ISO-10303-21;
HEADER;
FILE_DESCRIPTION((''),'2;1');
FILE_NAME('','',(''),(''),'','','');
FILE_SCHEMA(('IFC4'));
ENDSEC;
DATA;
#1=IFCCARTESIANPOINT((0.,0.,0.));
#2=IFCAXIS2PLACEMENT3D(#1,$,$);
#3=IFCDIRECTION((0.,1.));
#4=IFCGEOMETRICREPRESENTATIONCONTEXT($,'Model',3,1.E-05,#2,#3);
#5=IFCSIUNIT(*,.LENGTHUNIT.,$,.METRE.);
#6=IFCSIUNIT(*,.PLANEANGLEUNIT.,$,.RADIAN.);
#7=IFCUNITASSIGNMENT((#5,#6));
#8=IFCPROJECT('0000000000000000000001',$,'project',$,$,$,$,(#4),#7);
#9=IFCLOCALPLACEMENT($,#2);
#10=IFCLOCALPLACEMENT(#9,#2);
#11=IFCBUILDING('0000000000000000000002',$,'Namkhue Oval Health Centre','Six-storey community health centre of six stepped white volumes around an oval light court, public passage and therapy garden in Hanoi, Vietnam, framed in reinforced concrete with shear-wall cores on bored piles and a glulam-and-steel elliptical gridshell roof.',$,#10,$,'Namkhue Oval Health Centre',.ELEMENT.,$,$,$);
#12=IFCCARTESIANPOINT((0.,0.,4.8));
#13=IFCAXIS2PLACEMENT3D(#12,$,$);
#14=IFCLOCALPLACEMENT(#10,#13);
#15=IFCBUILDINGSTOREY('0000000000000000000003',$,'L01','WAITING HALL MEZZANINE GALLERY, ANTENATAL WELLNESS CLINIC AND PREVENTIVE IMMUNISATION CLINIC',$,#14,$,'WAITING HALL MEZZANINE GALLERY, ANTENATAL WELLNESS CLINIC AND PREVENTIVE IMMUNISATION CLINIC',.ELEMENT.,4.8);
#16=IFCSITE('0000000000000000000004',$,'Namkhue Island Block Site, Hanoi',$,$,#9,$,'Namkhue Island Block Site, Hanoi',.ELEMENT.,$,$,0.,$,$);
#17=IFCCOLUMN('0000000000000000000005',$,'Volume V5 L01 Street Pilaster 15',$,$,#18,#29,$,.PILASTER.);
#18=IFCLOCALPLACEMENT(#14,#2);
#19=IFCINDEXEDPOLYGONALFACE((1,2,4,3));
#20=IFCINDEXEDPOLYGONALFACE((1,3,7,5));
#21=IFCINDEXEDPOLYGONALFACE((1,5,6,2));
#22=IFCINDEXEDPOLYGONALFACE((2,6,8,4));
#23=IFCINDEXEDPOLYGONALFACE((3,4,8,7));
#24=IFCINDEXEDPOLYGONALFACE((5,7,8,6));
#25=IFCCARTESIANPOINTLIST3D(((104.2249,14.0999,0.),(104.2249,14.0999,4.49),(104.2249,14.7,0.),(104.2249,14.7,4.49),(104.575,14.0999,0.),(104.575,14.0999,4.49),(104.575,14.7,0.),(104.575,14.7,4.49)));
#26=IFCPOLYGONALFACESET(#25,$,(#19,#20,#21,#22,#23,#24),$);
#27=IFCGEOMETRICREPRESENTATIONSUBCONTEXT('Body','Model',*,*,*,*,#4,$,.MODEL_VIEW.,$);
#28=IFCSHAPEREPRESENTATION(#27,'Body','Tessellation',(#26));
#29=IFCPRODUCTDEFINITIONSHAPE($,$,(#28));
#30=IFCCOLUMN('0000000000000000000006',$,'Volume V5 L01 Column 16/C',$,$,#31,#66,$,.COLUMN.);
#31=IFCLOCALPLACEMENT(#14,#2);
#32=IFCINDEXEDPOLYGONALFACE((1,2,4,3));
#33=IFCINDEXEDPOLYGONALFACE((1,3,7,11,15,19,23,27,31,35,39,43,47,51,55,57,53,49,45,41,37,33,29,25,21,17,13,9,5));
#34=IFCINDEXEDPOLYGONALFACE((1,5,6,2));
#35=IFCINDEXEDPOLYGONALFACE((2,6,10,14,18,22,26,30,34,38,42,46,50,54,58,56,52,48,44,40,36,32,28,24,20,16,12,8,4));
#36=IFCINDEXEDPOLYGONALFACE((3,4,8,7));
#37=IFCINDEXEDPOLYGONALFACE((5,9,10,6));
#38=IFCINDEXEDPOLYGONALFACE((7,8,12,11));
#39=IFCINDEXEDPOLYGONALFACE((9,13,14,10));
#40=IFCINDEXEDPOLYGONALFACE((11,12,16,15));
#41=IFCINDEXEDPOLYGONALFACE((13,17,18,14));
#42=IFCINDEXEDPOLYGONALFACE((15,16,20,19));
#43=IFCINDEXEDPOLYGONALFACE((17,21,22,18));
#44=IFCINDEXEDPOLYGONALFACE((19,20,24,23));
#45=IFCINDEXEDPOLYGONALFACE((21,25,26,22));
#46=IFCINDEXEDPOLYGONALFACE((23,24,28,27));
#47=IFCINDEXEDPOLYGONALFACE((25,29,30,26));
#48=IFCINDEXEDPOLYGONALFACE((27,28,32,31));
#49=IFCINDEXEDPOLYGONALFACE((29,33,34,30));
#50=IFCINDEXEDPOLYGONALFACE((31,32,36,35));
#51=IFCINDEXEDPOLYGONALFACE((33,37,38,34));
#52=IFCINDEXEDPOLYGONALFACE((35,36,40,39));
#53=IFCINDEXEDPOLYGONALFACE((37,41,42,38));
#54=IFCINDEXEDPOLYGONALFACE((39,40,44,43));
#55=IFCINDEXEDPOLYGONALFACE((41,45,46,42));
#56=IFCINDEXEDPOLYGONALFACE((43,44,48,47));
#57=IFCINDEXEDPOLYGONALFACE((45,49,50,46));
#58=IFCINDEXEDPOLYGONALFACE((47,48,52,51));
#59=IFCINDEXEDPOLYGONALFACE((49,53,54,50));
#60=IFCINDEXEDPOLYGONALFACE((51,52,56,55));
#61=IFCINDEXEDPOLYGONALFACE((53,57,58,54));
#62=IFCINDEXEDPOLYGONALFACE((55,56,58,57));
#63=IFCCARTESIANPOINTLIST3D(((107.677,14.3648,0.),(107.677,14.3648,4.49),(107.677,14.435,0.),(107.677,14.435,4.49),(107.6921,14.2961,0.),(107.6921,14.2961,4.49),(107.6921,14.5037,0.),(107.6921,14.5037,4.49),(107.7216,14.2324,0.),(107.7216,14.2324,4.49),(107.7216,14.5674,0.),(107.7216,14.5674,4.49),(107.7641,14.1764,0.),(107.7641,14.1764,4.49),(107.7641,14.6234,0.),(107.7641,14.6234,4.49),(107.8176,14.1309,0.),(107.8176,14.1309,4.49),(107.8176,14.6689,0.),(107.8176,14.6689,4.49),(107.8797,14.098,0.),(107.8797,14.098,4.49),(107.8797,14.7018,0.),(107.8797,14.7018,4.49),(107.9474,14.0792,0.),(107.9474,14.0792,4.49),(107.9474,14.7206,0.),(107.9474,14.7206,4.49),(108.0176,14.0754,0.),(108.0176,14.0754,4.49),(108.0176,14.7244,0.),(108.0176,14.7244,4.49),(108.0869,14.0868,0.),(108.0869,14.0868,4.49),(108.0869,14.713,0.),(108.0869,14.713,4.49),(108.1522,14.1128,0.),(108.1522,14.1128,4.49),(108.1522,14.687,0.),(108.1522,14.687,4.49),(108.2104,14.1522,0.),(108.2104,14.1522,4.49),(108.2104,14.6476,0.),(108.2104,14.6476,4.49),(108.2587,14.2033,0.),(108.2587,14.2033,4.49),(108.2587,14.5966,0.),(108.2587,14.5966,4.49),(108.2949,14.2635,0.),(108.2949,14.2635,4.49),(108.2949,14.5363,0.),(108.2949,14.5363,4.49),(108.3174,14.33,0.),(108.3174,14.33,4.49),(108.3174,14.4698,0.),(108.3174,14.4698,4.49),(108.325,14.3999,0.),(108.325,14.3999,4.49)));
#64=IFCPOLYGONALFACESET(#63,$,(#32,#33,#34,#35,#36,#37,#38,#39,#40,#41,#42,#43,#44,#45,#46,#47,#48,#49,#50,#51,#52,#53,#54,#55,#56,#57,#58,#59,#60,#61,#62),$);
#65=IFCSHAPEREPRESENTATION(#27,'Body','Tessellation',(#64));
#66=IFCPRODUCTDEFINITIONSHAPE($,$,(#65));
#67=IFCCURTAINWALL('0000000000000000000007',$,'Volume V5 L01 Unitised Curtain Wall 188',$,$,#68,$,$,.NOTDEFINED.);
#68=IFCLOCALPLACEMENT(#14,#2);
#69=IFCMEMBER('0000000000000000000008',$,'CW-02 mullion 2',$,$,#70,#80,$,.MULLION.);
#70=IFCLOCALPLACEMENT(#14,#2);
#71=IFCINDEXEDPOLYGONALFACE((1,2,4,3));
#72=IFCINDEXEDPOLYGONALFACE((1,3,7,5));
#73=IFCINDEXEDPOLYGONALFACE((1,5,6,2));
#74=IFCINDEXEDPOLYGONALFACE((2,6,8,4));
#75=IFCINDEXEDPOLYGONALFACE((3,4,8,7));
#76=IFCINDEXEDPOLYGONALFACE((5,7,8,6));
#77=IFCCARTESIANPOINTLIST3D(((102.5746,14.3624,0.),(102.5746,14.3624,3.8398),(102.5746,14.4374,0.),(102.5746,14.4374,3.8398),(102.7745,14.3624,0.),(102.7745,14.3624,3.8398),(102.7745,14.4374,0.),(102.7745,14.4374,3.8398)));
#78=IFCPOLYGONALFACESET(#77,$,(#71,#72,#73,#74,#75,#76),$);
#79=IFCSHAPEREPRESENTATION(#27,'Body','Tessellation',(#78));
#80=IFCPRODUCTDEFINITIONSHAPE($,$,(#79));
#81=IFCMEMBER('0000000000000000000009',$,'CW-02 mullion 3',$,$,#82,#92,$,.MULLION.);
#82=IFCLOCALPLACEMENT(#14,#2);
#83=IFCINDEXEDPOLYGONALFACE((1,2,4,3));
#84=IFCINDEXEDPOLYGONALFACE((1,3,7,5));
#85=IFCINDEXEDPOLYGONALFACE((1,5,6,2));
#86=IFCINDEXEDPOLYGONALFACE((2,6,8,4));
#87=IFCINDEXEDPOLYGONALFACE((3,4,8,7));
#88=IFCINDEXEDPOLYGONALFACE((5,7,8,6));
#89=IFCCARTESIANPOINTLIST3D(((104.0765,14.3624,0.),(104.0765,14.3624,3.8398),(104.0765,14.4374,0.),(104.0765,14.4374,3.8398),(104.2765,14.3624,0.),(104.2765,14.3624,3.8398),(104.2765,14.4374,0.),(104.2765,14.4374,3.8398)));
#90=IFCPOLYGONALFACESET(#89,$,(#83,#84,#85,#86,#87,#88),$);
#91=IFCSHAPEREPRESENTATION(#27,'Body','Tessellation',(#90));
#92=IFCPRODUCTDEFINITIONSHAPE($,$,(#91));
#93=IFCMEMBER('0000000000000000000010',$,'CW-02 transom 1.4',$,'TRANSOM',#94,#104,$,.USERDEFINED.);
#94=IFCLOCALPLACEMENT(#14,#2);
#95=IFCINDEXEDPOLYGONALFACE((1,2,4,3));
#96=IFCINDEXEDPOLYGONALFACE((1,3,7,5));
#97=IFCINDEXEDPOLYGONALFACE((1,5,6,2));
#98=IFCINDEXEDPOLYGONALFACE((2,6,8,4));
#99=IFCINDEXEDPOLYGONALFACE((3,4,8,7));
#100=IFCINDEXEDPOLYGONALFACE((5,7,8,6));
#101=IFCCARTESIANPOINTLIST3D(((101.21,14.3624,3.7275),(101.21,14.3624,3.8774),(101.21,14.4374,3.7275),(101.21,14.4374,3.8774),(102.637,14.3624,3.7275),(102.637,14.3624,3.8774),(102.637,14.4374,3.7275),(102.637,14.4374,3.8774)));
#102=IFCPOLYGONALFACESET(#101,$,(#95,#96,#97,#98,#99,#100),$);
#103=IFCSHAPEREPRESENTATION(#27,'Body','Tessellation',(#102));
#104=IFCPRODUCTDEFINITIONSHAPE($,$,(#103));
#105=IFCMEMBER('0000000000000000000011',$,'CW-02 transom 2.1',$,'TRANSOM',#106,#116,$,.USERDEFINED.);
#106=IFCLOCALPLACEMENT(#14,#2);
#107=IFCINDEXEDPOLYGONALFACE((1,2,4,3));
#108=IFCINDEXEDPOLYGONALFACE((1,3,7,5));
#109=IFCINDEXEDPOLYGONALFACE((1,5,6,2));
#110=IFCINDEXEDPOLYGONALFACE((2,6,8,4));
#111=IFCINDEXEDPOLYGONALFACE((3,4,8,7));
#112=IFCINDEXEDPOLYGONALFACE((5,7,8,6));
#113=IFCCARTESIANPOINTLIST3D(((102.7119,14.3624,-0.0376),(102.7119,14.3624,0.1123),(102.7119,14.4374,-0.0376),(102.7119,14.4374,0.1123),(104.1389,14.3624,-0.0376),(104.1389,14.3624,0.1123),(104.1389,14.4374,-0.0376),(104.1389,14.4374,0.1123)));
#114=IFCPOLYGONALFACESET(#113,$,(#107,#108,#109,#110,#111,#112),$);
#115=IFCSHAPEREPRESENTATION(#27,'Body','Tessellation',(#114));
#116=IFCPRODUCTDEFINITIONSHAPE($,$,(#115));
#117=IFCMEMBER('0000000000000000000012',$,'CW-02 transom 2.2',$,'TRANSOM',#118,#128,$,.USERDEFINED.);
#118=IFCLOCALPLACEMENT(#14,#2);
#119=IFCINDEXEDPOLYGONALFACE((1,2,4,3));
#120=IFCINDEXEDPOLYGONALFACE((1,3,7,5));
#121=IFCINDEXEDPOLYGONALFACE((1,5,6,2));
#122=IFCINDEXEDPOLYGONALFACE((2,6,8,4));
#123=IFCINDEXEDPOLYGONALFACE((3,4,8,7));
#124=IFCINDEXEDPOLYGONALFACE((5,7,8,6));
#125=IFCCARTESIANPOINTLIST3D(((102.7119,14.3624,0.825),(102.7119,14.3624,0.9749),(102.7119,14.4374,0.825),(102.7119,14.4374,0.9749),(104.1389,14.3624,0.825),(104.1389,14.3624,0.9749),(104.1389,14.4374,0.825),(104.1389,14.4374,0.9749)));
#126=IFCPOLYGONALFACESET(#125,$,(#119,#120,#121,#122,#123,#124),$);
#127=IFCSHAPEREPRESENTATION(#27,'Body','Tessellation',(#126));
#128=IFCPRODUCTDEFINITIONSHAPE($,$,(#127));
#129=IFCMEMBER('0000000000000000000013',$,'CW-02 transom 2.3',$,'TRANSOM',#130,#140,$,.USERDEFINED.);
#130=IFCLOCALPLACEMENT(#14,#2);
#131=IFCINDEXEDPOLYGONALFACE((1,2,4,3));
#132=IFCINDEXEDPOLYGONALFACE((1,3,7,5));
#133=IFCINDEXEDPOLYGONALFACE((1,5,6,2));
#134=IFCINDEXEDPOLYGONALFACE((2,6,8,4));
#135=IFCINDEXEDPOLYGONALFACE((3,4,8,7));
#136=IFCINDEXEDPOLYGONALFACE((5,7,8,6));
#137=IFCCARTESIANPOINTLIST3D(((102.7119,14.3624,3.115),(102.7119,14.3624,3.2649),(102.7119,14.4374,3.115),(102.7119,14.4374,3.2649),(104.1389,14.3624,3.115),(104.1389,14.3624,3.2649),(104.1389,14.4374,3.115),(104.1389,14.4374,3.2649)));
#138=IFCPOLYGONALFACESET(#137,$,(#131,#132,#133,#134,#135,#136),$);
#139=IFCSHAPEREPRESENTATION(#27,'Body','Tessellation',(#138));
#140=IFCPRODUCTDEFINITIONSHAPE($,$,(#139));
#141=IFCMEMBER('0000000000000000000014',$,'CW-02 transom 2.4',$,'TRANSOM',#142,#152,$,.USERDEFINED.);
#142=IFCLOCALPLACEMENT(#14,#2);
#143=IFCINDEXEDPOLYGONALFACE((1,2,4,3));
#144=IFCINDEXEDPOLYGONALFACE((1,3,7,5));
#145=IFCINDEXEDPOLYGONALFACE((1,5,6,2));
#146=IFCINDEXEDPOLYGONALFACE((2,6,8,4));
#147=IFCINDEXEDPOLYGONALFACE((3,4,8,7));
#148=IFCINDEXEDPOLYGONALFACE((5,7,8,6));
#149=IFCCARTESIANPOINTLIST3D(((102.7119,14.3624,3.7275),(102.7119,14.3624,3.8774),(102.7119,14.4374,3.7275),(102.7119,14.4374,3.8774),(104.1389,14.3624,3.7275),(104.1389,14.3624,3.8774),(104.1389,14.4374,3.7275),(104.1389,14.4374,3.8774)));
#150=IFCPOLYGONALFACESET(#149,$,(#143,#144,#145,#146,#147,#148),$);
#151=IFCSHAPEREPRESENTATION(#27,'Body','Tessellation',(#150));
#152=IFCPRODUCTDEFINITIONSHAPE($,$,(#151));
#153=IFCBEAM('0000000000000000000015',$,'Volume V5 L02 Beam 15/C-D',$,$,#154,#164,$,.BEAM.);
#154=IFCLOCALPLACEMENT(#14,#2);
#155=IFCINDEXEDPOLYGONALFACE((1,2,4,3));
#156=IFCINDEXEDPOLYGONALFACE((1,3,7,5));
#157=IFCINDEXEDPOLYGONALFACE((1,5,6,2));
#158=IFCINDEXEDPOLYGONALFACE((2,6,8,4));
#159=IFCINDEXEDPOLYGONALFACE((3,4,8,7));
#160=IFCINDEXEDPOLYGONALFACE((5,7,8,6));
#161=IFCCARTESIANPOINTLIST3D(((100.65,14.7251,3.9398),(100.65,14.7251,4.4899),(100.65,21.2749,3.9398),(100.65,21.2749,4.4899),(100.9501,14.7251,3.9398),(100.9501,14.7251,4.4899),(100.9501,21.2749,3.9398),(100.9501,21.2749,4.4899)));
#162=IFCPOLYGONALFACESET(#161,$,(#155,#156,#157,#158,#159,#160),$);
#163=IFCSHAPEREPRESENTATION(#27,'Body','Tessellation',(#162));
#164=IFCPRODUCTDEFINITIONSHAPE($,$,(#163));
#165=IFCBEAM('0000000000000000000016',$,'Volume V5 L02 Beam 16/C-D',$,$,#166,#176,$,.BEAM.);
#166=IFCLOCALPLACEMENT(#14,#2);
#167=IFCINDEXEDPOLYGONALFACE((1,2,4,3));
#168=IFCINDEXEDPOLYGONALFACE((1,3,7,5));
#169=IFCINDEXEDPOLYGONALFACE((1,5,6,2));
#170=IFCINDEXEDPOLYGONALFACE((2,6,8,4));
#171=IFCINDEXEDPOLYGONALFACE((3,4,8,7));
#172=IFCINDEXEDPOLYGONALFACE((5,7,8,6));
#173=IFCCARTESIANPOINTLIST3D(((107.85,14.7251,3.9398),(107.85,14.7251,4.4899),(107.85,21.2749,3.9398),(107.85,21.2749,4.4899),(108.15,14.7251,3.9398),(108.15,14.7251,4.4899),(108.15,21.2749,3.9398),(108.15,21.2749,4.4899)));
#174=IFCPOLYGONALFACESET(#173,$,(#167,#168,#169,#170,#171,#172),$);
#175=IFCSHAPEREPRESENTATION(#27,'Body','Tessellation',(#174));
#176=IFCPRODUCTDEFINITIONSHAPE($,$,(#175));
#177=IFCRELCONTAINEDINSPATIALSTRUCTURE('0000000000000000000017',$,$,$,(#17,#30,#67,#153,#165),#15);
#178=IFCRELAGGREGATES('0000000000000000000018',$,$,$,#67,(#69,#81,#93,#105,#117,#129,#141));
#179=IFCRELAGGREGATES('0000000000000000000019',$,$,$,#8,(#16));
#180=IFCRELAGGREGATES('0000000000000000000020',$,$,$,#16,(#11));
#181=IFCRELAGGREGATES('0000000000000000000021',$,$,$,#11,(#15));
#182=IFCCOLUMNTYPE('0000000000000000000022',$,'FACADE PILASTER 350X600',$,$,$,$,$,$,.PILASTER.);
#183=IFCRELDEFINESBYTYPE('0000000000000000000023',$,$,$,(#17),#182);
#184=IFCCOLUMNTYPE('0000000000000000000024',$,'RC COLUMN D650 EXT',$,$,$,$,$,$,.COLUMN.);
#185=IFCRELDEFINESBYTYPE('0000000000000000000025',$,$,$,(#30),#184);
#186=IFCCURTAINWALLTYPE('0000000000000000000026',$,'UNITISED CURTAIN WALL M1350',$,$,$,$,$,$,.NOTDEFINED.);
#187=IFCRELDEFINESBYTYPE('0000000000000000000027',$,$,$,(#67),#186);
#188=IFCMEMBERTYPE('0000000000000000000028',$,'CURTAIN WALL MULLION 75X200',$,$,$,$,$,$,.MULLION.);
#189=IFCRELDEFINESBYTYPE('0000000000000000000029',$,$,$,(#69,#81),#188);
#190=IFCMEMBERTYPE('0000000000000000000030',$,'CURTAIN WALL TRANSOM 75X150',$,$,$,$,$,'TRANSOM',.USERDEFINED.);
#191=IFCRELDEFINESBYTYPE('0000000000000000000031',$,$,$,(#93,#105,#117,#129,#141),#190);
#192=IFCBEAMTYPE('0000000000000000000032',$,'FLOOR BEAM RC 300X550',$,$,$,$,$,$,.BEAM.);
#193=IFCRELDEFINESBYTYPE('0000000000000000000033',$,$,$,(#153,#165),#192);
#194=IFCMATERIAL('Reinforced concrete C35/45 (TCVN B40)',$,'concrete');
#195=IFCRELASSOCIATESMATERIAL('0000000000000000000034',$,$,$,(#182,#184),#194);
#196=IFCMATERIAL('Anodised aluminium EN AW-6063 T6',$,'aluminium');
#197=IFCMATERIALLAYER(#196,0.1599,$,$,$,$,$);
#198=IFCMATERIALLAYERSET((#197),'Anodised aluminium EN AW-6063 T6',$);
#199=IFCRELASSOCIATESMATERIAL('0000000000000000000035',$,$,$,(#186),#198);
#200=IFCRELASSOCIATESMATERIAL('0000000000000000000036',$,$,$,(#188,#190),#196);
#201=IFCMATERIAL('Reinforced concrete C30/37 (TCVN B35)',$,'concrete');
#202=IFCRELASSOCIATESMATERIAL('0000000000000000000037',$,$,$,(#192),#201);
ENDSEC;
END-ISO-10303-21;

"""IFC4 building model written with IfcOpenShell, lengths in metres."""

from ifc_helpers import new_model, si_unit, direction, frame, origin, origin_2d, place, context, subcontext, project, spatial, rectangle, circle, extrude, material, layer, layer_set, material_profile, profile_set, type_object, element, aggregate, save


model = new_model("IFC4")

# Units and contexts
model_context = context("Model", 3, precision=1e-05, world=origin(), true_north=direction((0.0, 1.0)))
body_context = subcontext(model_context, "Body", "Model", "MODEL_VIEW")
ifc_project = project(units=[si_unit("LENGTHUNIT", "METRE"), si_unit("PLANEANGLEUNIT", "RADIAN")], contexts=[model_context])

# Site, building, storey
site_placement = place(None, origin())
site = spatial("IfcSite", under=ifc_project, at=site_placement, Name="Namkhue Island Block Site, Hanoi", LongName="Namkhue Island Block Site, Hanoi", CompositionType="ELEMENT", RefElevation=0.0)
building_placement = place(site_placement, origin())
building = spatial("IfcBuilding", under=site, at=building_placement, Name="Namkhue Oval Health Centre", Description="Six-storey community health centre of six stepped white volumes around an oval light court, public passage and therapy garden in Hanoi, Vietnam, framed in reinforced concrete with shear-wall cores on bored piles and a glulam-and-steel elliptical gridshell roof.", LongName="Namkhue Oval Health Centre", CompositionType="ELEMENT")
storey_placement = place(building_placement, frame((0.0, 0.0, 4.8)))
storey = spatial("IfcBuildingStorey", under=building, at=storey_placement, Name="L01", Description="WAITING HALL MEZZANINE GALLERY, ANTENATAL WELLNESS CLINIC AND PREVENTIVE IMMUNISATION CLINIC", LongName="WAITING HALL MEZZANINE GALLERY, ANTENATAL WELLNESS CLINIC AND PREVENTIVE IMMUNISATION CLINIC", CompositionType="ELEMENT", Elevation=4.8)

# Columns
ifc_material_1 = material(Name="Reinforced concrete C35/45 (TCVN B40)", Category="concrete")
ifc_material_profile_1 = material_profile(ifc_material_1, rectangle(XDim=0.3501, YDim=0.6001, at=origin_2d()), Name="RC 350x600")
ifc_profile_set_1 = profile_set([ifc_material_profile_1], Name="Reinforced concrete C35/45 (TCVN B40)")
column_type_1 = type_object("IfcColumnType", Name="FACADE PILASTER 350X600", PredefinedType="PILASTER", material=ifc_profile_set_1)
column_1_placement = place(storey_placement, frame((104.3999, 14.3999, 0.0), z_axis=(0.0, 0.0, 1.0), x_axis=(1.0, 0.0, 0.0)))
element("IfcColumn", 1, at=column_1_placement, inside=storey, type_object=column_type_1, Name="Volume V5 L01 Street Pilaster 15", PredefinedType="PILASTER", context=body_context, shape_type="SweptSolid", body=[
    extrude(rectangle(XDim=0.3501, YDim=0.6001, at=origin_2d()), origin(), (0.0, 0.0, 1.0), 4.49),
])
ifc_material_profile_2 = material_profile(ifc_material_1, circle(Radius=0.325, at=origin_2d()), Name="RC D650")
ifc_profile_set_2 = profile_set([ifc_material_profile_2], Name="Reinforced concrete C35/45 (TCVN B40)")
column_type_2 = type_object("IfcColumnType", Name="RC COLUMN D650 EXT", PredefinedType="COLUMN", material=ifc_profile_set_2)
column_2_placement = place(storey_placement, frame((108.0, 14.3999, 0.0), z_axis=(0.0, 0.0, 1.0), x_axis=(1.0, 0.0, 0.0)))
element("IfcColumn", 2, at=column_2_placement, inside=storey, type_object=column_type_2, Name="Volume V5 L01 Column 16/C", PredefinedType="COLUMN", context=body_context, shape_type="SweptSolid", body=[
    extrude(circle(Radius=0.325, at=origin_2d()), origin(), (0.0, 0.0, 1.0), 4.49),
])

# Curtain wall, members
ifc_material_2 = material(Name="Anodised aluminium EN AW-6063 T6", Category="aluminium")
ifc_layer_1 = layer(ifc_material_2, 0.1599)
ifc_layer_set_1 = layer_set([ifc_layer_1], Name="Anodised aluminium EN AW-6063 T6")
curtain_wall_type = type_object("IfcCurtainWallType", Name="UNITISED CURTAIN WALL M1350", PredefinedType="NOTDEFINED", material=ifc_layer_set_1)
curtain_wall_placement = place(storey_placement, origin())
curtain_wall = element("IfcCurtainWall", 3, at=curtain_wall_placement, inside=storey, type_object=curtain_wall_type, Name="Volume V5 L01 Unitised Curtain Wall 188", PredefinedType="NOTDEFINED")
ifc_material_profile_3 = material_profile(ifc_material_2, rectangle(XDim=0.075, YDim=0.2, at=origin_2d()), Name="ALU 75x200")
ifc_profile_set_3 = profile_set([ifc_material_profile_3], Name="Anodised aluminium EN AW-6063 T6")
member_type_1 = type_object("IfcMemberType", Name="CURTAIN WALL MULLION 75X200", PredefinedType="MULLION", material=ifc_profile_set_3)
member_1_placement = place(storey_placement, frame((102.6746, 14.3999, 0.0), z_axis=(0.0, 0.0, 1.0), x_axis=(0.0, 1.0, 0.0)))
member_1 = element("IfcMember", 4, at=member_1_placement, type_object=member_type_1, Name="CW-02 mullion 2", PredefinedType="MULLION", context=body_context, shape_type="SweptSolid", body=[
    extrude(rectangle(XDim=0.075, YDim=0.2, at=origin_2d()), origin(), (0.0, 0.0, 1.0), 3.8398),
])
member_2_placement = place(storey_placement, frame((104.1765, 14.3999, 0.0), z_axis=(0.0, 0.0, 1.0), x_axis=(0.0, 1.0, 0.0)))
member_2 = element("IfcMember", 5, at=member_2_placement, type_object=member_type_1, Name="CW-02 mullion 3", PredefinedType="MULLION", context=body_context, shape_type="SweptSolid", body=[
    extrude(rectangle(XDim=0.075, YDim=0.2, at=origin_2d()), origin(), (0.0, 0.0, 1.0), 3.8398),
])
ifc_material_profile_4 = material_profile(ifc_material_2, rectangle(XDim=0.075, YDim=0.1499, at=origin_2d()), Name="ALU 75x150")
ifc_profile_set_4 = profile_set([ifc_material_profile_4], Name="Anodised aluminium EN AW-6063 T6")
member_type_2 = type_object("IfcMemberType", Name="CURTAIN WALL TRANSOM 75X150", ElementType="TRANSOM", PredefinedType="USERDEFINED", material=ifc_profile_set_4)
member_3_placement = place(storey_placement, frame((101.21, 14.3999, 3.8025), z_axis=(1.0, 0.0, 0.0), x_axis=(0.0, 1.0, 0.0)))
member_3 = element("IfcMember", 6, at=member_3_placement, type_object=member_type_2, Name="CW-02 transom 1.4", ObjectType="TRANSOM", PredefinedType="USERDEFINED", context=body_context, shape_type="SweptSolid", body=[
    extrude(rectangle(XDim=0.075, YDim=0.1499, at=origin_2d()), origin(), (0.0, 0.0, 1.0), 1.427),
])
member_4_placement = place(storey_placement, frame((102.7119, 14.3999, 0.0374), z_axis=(1.0, 0.0, 0.0), x_axis=(0.0, 1.0, 0.0)))
member_4 = element("IfcMember", 7, at=member_4_placement, type_object=member_type_2, Name="CW-02 transom 2.1", ObjectType="TRANSOM", PredefinedType="USERDEFINED", context=body_context, shape_type="SweptSolid", body=[
    extrude(rectangle(XDim=0.075, YDim=0.1499, at=origin_2d()), origin(), (0.0, 0.0, 1.0), 1.427),
])
member_5_placement = place(storey_placement, frame((102.7119, 14.3999, 0.8999), z_axis=(1.0, 0.0, 0.0), x_axis=(0.0, 1.0, 0.0)))
member_5 = element("IfcMember", 8, at=member_5_placement, type_object=member_type_2, Name="CW-02 transom 2.2", ObjectType="TRANSOM", PredefinedType="USERDEFINED", context=body_context, shape_type="SweptSolid", body=[
    extrude(rectangle(XDim=0.075, YDim=0.1499, at=origin_2d()), origin(), (0.0, 0.0, 1.0), 1.427),
])
member_6_placement = place(storey_placement, frame((102.7119, 14.3999, 3.1899), z_axis=(1.0, 0.0, 0.0), x_axis=(0.0, 1.0, 0.0)))
member_6 = element("IfcMember", 9, at=member_6_placement, type_object=member_type_2, Name="CW-02 transom 2.3", ObjectType="TRANSOM", PredefinedType="USERDEFINED", context=body_context, shape_type="SweptSolid", body=[
    extrude(rectangle(XDim=0.075, YDim=0.1499, at=origin_2d()), origin(), (0.0, 0.0, 1.0), 1.427),
])
member_7_placement = place(storey_placement, frame((102.7119, 14.3999, 3.8025), z_axis=(1.0, 0.0, 0.0), x_axis=(0.0, 1.0, 0.0)))
member_7 = element("IfcMember", 10, at=member_7_placement, type_object=member_type_2, Name="CW-02 transom 2.4", ObjectType="TRANSOM", PredefinedType="USERDEFINED", context=body_context, shape_type="SweptSolid", body=[
    extrude(rectangle(XDim=0.075, YDim=0.1499, at=origin_2d()), origin(), (0.0, 0.0, 1.0), 1.427),
])

# Beams
ifc_material_3 = material(Name="Reinforced concrete C30/37 (TCVN B35)", Category="concrete")
ifc_material_profile_5 = material_profile(ifc_material_3, rectangle(XDim=0.3, YDim=0.55, at=origin_2d()), Name="RC 300x550")
ifc_profile_set_5 = profile_set([ifc_material_profile_5], Name="Reinforced concrete C30/37 (TCVN B35)")
beam_type_1 = type_object("IfcBeamType", Name="FLOOR BEAM RC 300X550", PredefinedType="BEAM", material=ifc_profile_set_5)
for number, where, z_axis, x_axis, name in (
    (11, (100.8, 14.7251, 4.2148), (0.0, 1.0, 0.0), (-1.0, 0.0, 0.0), "Volume V5 L02 Beam 15/C-D"),
    (12, (108.0, 14.7251, 4.2148), (0.0, 1.0, 0.0), (-1.0, 0.0, 0.0), "Volume V5 L02 Beam 16/C-D"),
):
    element("IfcBeam", number, at=place(storey_placement, frame(where, z_axis=z_axis, x_axis=x_axis)), inside=storey, type_object=beam_type_1, Name=name, PredefinedType="BEAM", context=body_context, shape_type="SweptSolid", body=[
        extrude(rectangle(XDim=0.3, YDim=0.55, at=origin_2d()), origin(), (0.0, 0.0, 1.0), 6.5498),
    ])

aggregate(curtain_wall, [member_1, member_2, member_3, member_4, member_5, member_6, member_7])

save(model, "model.ifc")
